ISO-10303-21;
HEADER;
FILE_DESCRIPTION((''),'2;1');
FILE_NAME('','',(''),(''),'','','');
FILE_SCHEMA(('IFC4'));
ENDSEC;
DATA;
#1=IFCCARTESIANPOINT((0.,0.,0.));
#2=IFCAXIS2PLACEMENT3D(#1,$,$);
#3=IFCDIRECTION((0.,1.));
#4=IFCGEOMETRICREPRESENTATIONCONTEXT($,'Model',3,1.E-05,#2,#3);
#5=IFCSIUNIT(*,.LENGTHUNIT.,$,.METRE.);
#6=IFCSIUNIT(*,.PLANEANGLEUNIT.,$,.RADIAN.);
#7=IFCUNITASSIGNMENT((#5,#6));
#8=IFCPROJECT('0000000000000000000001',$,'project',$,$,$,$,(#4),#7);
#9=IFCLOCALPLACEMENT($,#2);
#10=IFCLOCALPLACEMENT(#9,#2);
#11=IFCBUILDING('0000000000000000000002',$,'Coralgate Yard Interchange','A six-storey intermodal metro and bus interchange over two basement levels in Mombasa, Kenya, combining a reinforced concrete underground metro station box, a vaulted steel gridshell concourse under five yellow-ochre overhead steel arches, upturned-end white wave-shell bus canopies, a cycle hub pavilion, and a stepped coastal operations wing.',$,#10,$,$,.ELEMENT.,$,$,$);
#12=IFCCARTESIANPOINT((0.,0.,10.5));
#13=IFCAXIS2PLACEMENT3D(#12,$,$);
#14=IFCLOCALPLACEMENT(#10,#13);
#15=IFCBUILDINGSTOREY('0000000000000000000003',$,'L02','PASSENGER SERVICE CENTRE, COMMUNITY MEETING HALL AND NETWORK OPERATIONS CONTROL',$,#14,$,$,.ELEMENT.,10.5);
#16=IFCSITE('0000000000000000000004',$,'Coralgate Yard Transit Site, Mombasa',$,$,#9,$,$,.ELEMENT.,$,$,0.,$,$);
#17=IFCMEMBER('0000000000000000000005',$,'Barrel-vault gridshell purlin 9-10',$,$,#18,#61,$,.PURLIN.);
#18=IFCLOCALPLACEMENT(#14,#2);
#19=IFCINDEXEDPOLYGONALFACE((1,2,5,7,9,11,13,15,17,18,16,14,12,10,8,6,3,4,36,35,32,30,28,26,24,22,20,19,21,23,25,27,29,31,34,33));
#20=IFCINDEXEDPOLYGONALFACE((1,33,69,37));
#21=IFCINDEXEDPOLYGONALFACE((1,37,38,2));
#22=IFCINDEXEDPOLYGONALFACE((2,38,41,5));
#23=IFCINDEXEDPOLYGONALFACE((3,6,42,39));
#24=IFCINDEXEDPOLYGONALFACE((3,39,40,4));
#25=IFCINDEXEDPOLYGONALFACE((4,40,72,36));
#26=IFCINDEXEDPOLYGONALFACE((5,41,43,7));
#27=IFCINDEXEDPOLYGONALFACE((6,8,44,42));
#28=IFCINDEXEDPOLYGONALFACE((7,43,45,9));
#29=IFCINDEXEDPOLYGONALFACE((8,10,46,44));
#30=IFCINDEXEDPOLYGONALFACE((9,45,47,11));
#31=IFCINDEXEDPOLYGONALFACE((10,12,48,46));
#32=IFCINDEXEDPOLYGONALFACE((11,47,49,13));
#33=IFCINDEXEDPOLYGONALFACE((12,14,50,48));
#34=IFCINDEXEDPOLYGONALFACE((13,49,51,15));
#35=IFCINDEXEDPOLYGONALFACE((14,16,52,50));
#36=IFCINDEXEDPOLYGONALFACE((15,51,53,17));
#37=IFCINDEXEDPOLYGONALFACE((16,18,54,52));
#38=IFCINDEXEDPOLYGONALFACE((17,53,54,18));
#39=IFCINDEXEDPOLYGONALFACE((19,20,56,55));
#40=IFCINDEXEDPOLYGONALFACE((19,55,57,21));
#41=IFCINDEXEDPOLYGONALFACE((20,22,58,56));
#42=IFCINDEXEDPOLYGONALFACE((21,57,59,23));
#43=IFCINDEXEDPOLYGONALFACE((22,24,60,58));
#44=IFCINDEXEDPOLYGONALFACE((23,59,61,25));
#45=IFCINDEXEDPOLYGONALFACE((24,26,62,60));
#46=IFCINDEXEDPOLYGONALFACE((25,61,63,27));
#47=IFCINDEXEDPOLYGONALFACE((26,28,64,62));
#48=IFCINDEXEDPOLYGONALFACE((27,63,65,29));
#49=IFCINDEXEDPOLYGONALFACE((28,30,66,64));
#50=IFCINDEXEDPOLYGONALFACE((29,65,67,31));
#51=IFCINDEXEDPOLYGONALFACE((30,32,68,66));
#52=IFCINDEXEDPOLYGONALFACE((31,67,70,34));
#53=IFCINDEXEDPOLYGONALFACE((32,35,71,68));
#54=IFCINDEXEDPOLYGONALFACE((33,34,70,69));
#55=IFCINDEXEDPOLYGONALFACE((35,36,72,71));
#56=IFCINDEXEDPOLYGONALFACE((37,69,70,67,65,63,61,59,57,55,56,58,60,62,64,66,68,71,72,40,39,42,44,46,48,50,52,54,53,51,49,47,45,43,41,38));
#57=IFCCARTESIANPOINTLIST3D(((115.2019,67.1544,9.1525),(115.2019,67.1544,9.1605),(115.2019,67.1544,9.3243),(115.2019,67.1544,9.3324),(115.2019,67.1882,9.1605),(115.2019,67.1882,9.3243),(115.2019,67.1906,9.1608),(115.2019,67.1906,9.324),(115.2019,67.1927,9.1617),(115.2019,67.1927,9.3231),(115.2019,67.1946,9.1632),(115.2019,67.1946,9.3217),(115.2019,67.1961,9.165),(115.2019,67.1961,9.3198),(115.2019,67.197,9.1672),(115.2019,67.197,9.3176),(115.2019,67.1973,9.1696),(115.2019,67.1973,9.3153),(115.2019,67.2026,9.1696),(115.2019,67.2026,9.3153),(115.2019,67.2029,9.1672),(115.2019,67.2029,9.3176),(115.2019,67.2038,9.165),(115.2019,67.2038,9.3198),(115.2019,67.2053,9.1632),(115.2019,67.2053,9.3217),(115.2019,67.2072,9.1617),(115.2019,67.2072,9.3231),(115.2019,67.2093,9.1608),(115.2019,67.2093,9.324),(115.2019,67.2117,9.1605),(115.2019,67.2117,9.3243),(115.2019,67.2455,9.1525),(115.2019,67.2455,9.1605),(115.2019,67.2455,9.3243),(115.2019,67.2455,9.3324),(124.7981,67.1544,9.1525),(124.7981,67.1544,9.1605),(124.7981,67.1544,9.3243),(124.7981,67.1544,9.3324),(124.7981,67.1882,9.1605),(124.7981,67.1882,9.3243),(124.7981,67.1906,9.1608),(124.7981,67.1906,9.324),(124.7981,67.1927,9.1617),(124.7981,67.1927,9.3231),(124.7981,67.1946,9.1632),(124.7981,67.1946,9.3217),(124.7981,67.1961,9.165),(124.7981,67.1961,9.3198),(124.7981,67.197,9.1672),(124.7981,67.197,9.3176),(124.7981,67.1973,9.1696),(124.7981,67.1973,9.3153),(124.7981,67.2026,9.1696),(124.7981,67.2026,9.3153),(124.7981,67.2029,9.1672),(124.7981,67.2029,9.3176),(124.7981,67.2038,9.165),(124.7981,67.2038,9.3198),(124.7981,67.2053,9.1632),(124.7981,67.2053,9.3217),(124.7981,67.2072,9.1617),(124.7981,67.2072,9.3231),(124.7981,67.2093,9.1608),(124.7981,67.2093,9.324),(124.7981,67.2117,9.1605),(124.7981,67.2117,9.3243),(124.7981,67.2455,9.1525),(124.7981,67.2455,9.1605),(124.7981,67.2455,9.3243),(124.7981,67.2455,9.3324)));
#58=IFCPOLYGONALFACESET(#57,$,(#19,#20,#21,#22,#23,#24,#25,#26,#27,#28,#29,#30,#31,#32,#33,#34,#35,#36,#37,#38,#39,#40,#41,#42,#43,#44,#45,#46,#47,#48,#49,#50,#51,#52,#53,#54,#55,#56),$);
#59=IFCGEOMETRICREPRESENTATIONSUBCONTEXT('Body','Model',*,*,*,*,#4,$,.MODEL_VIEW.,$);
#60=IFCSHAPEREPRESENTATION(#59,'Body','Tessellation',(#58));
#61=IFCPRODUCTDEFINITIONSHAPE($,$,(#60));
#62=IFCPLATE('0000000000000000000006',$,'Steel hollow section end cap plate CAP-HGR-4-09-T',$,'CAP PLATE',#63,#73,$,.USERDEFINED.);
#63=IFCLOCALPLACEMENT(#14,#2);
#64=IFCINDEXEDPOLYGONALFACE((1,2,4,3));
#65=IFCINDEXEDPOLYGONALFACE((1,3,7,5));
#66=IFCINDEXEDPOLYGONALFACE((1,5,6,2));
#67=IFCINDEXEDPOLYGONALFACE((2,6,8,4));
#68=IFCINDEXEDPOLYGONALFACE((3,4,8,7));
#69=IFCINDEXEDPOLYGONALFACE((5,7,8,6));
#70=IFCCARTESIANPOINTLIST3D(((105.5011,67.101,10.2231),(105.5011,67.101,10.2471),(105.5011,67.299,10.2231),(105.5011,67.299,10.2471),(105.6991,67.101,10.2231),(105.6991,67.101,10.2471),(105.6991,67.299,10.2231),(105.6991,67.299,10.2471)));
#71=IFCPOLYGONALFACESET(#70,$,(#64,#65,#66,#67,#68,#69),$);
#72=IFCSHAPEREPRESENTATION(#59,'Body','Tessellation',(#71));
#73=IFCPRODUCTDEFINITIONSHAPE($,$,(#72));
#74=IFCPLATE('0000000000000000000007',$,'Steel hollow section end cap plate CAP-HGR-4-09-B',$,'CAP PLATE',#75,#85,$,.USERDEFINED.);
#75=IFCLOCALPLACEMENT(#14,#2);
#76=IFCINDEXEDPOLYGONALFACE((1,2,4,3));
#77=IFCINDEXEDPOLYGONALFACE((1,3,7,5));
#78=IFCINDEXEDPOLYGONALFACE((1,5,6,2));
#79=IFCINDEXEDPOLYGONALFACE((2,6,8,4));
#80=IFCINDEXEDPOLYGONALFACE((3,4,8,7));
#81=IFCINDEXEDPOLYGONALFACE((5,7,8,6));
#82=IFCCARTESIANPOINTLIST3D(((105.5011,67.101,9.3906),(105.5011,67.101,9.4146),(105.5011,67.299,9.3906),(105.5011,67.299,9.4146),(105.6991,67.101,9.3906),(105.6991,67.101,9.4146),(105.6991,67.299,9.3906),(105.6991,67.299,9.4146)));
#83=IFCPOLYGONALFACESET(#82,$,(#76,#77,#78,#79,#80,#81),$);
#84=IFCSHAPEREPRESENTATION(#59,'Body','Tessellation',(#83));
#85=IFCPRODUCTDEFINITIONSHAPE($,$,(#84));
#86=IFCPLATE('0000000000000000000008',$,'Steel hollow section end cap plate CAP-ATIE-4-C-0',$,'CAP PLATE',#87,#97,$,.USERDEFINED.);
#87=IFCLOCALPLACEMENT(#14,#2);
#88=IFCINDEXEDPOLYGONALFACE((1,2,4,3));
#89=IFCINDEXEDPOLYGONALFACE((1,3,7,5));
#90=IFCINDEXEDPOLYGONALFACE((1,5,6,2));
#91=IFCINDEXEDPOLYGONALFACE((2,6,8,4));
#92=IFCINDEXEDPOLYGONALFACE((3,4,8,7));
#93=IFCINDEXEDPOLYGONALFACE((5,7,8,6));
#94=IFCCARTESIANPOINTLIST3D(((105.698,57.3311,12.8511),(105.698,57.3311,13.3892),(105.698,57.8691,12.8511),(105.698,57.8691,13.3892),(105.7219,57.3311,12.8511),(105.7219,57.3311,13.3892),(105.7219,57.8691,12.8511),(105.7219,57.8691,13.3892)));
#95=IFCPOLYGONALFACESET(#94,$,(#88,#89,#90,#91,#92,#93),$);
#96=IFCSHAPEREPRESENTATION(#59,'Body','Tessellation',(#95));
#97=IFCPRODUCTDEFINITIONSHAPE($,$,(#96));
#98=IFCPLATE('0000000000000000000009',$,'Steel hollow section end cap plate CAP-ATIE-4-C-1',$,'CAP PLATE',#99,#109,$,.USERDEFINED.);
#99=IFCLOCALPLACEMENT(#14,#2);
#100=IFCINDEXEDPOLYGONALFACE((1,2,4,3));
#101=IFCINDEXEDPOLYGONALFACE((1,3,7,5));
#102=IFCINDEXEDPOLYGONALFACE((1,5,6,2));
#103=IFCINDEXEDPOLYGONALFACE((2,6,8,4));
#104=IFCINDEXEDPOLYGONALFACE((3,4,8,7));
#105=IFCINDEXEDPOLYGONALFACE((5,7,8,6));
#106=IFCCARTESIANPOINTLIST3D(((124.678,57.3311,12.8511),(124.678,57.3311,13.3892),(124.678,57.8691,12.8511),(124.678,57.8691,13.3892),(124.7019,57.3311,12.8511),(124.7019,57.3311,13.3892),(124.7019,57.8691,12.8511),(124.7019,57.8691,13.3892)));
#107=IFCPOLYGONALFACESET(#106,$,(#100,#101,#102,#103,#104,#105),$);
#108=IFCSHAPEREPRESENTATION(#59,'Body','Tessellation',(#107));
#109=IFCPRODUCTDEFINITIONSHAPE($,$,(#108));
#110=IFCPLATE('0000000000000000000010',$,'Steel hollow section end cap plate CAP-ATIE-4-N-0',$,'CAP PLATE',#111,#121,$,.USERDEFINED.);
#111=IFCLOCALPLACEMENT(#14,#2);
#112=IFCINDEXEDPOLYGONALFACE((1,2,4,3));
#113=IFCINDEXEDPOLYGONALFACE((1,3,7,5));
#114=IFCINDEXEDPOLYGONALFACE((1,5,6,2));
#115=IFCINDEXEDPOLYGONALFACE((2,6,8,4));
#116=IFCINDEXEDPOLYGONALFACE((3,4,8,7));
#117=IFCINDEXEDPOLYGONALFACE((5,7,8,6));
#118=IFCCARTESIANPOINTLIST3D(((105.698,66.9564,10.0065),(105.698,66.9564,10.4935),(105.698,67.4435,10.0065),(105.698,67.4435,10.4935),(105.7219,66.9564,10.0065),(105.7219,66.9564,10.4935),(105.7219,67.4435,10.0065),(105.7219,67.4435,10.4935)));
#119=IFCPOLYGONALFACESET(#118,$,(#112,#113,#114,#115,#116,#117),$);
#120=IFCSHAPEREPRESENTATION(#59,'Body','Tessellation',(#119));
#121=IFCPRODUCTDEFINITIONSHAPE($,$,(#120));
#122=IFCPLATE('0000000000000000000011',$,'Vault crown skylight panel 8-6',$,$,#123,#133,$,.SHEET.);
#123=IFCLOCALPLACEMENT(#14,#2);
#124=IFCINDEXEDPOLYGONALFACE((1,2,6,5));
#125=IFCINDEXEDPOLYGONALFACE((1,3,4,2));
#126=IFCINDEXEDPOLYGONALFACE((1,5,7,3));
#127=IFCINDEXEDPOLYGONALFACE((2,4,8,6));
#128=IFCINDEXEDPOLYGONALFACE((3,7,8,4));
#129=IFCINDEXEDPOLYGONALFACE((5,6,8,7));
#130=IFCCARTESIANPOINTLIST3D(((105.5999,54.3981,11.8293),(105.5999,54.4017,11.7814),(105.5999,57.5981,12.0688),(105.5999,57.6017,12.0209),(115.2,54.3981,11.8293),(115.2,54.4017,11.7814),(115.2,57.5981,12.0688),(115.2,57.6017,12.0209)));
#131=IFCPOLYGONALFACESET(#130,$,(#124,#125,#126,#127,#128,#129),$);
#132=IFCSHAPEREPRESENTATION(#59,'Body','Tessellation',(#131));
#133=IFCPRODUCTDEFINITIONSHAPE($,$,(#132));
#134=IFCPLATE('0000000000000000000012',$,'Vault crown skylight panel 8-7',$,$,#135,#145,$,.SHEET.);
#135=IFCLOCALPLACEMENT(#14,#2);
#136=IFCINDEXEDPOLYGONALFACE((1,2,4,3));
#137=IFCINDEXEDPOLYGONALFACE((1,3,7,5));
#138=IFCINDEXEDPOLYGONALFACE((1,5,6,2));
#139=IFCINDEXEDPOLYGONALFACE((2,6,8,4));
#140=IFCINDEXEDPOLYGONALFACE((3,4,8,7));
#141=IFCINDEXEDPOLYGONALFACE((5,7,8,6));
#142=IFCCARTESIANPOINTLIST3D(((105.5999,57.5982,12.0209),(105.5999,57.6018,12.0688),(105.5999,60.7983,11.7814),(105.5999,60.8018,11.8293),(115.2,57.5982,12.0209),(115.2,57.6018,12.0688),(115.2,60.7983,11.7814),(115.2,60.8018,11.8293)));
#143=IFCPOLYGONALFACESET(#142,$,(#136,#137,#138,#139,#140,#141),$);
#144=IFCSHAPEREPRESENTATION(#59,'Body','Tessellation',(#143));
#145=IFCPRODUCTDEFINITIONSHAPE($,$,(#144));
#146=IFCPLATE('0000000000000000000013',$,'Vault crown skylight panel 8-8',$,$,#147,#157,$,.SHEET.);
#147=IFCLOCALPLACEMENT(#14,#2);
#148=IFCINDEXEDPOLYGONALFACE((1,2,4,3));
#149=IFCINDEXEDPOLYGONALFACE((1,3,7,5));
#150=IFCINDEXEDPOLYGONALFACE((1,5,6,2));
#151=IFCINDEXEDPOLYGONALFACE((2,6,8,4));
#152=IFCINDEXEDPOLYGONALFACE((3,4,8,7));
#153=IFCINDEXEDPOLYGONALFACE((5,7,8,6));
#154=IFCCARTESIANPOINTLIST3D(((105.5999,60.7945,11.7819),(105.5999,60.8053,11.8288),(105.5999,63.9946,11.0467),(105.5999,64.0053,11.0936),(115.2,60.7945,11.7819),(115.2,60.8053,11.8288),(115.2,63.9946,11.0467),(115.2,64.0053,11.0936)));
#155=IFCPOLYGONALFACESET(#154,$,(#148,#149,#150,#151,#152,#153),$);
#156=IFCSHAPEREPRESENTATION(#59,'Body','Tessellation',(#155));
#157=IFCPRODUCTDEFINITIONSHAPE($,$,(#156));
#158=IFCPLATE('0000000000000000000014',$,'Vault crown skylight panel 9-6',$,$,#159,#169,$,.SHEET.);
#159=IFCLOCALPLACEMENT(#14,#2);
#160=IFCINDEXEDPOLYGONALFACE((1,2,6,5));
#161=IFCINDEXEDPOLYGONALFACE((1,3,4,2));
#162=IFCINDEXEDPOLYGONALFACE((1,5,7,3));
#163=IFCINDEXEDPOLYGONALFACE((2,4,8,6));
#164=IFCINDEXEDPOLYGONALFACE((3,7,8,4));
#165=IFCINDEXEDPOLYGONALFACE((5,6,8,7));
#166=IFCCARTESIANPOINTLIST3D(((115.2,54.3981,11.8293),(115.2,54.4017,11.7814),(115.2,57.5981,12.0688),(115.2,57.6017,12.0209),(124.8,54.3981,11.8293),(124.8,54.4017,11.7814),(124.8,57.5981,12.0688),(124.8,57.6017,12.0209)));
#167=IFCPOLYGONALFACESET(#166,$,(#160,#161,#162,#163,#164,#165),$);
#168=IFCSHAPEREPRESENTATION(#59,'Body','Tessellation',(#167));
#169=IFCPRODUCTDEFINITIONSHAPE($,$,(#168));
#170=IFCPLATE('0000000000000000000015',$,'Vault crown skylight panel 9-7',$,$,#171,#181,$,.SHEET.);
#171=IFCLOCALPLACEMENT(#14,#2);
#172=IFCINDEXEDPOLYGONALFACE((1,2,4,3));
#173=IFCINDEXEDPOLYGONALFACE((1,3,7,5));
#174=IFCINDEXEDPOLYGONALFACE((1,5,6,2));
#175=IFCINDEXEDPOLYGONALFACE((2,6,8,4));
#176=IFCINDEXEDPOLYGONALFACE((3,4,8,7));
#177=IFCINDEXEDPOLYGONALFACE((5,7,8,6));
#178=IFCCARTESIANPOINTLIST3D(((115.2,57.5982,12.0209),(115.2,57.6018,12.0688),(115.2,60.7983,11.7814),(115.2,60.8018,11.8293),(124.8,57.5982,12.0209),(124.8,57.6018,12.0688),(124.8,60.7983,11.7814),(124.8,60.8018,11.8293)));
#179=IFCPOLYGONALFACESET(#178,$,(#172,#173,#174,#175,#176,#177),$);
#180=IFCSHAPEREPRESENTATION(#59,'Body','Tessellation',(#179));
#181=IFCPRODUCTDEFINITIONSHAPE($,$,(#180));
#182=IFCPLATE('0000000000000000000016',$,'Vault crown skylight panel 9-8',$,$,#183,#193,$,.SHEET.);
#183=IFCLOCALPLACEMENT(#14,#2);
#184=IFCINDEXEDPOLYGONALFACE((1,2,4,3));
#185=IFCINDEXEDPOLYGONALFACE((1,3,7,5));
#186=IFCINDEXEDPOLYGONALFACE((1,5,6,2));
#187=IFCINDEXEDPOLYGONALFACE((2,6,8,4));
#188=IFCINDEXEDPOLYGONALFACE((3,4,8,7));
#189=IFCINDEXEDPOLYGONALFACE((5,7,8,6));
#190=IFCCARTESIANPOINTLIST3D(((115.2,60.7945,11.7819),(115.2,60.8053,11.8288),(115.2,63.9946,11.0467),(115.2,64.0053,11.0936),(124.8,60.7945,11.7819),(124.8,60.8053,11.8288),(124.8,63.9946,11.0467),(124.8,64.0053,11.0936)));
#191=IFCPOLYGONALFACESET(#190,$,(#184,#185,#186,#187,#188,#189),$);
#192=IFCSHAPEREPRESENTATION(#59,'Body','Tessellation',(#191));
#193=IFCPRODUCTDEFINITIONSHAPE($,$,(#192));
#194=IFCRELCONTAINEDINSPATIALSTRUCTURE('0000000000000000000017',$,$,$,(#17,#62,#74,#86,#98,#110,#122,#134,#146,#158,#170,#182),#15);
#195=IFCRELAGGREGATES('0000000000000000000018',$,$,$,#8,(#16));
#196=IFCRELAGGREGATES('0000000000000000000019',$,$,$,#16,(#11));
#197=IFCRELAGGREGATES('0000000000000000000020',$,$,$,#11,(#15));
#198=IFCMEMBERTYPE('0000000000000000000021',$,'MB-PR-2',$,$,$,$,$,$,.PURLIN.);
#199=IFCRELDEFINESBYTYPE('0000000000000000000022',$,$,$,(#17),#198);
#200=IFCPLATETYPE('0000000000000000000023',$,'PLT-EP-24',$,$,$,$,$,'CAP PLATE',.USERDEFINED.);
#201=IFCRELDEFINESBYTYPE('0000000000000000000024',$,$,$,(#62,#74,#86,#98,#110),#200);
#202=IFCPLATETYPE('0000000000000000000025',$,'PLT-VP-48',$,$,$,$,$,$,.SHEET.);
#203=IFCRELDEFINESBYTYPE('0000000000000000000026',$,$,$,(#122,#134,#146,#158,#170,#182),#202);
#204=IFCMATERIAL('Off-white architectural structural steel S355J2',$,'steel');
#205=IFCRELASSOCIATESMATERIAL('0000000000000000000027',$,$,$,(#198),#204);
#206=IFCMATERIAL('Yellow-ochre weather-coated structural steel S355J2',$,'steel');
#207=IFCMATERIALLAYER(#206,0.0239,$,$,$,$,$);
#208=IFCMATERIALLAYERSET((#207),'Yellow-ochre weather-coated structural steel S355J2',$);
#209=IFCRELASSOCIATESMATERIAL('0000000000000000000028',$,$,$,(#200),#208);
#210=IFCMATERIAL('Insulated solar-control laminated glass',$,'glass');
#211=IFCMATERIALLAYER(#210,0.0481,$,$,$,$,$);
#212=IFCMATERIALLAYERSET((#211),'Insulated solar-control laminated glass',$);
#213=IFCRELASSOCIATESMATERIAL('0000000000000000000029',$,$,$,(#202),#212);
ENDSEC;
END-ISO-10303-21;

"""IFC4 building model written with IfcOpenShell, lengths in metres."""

from ifc_helpers import new_model, si_unit, direction, frame, origin, origin_2d, place, context, subcontext, project, spatial, rectangle, i_section, extrude, material, layer, layer_set, material_profile, profile_set, type_object, element, save


model = new_model("IFC4")

# Units and contexts
model_context = context("Model", 3, precision=1e-05, world=origin(), true_north=direction((0.0, 1.0)))
body_context = subcontext(model_context, "Body", "Model", "MODEL_VIEW")
ifc_project = project(units=[si_unit("LENGTHUNIT", "METRE"), si_unit("PLANEANGLEUNIT", "RADIAN")], contexts=[model_context])

# Site, building, storey
site_placement = place(None, origin())
site = spatial("IfcSite", under=ifc_project, at=site_placement, Name="Coralgate Yard Transit Site, Mombasa", CompositionType="ELEMENT", RefElevation=0.0)
building_placement = place(site_placement, origin())
building = spatial("IfcBuilding", under=site, at=building_placement, Name="Coralgate Yard Interchange", Description="A six-storey intermodal metro and bus interchange over two basement levels in Mombasa, Kenya, combining a reinforced concrete underground metro station box, a vaulted steel gridshell concourse under five yellow-ochre overhead steel arches, upturned-end white wave-shell bus canopies, a cycle hub pavilion, and a stepped coastal operations wing.", CompositionType="ELEMENT")
storey_placement = place(building_placement, frame((0.0, 0.0, 10.5)))
storey = spatial("IfcBuildingStorey", under=building, at=storey_placement, Name="L02", Description="PASSENGER SERVICE CENTRE, COMMUNITY MEETING HALL AND NETWORK OPERATIONS CONTROL", CompositionType="ELEMENT", Elevation=10.5)

# Shared definitions
ifc_material_1 = material(Name="Yellow-ochre weather-coated structural steel S355J2", Category="steel")

# Member
ifc_material_2 = material(Name="Off-white architectural structural steel S355J2", Category="steel")
ifc_material_profile_1 = material_profile(ifc_material_2, i_section(OverallWidth=0.0911, OverallDepth=0.1799, WebThickness=0.0054, FlangeThickness=0.0081, FilletRadius=0.009, at=origin_2d()), Name="IPE 180")
ifc_profile_set_1 = profile_set([ifc_material_profile_1], Name="Off-white architectural structural steel S355J2")
member_type_1 = type_object("IfcMemberType", Name="MB-PR-2", PredefinedType="PURLIN", material=ifc_profile_set_1)
for number, where, z_axis, x_axis, name in (
    (1, (115.2019, 67.2, 9.2424), (1.0, 0.0, 0.0), (0.0, 1.0, 0.0), "Barrel-vault gridshell purlin 9-10"),
):
    element("IfcMember", number, at=place(storey_placement, frame(where, z_axis=z_axis, x_axis=x_axis)), inside=storey, type_object=member_type_1, Name=name, PredefinedType="PURLIN", context=body_context, shape_type="SweptSolid", body=[
        extrude(i_section(OverallWidth=0.0911, OverallDepth=0.1799, WebThickness=0.0054, FlangeThickness=0.0081, FilletRadius=0.009, at=origin_2d()), origin(), (0.0, 0.0, 1.0), 9.5962),
    ])

# Plates
ifc_layer_1 = layer(ifc_material_1, 0.0239)
ifc_layer_set_1 = layer_set([ifc_layer_1], Name="Yellow-ochre weather-coated structural steel S355J2")
plate_type_1 = type_object("IfcPlateType", Name="PLT-EP-24", ElementType="CAP PLATE", PredefinedType="USERDEFINED", material=ifc_layer_set_1)
for number, where, z_axis, x_axis, name in (
    (2, (105.6001, 67.2, 10.2231), (0.0, 0.0, 1.0), (1.0, 0.0, 0.0), "Steel hollow section end cap plate CAP-HGR-4-09-T"),
    (3, (105.6001, 67.2, 9.4146), (0.0, 0.0, -1.0), (1.0, 0.0, 0.0), "Steel hollow section end cap plate CAP-HGR-4-09-B"),
):
    element("IfcPlate", number, at=place(storey_placement, frame(where, z_axis=z_axis, x_axis=x_axis)), inside=storey, type_object=plate_type_1, Name=name, ObjectType="CAP PLATE", PredefinedType="USERDEFINED", context=body_context, shape_type="SweptSolid", body=[
        extrude(rectangle(XDim=0.198, YDim=0.198, at=origin_2d()), origin(), (0.0, 0.0, 1.0), 0.0239),
    ])
for number, where, z_axis, x_axis, name in (
    (4, (105.7219, 57.6001, 13.1201), (-1.0, 0.0, 0.0), (0.0, -1.0, 0.0), "Steel hollow section end cap plate CAP-ATIE-4-C-0"),
    (5, (124.678, 57.6001, 13.1201), (1.0, 0.0, 0.0), (0.0, 1.0, 0.0), "Steel hollow section end cap plate CAP-ATIE-4-C-1"),
):
    element("IfcPlate", number, at=place(storey_placement, frame(where, z_axis=z_axis, x_axis=x_axis)), inside=storey, type_object=plate_type_1, Name=name, ObjectType="CAP PLATE", PredefinedType="USERDEFINED", context=body_context, shape_type="SweptSolid", body=[
        extrude(rectangle(XDim=0.5381, YDim=0.5381, at=origin_2d()), origin(), (0.0, 0.0, 1.0), 0.0239),
    ])
plate_1_placement = place(storey_placement, frame((105.7219, 67.2, 10.25), z_axis=(-1.0, 0.0, 0.0), x_axis=(0.0, -1.0, 0.0)))
element("IfcPlate", 6, at=plate_1_placement, inside=storey, type_object=plate_type_1, Name="Steel hollow section end cap plate CAP-ATIE-4-N-0", ObjectType="CAP PLATE", PredefinedType="USERDEFINED", context=body_context, shape_type="SweptSolid", body=[
    extrude(rectangle(XDim=0.4871, YDim=0.4871, at=origin_2d()), origin(), (0.0, 0.0, 1.0), 0.0239),
])
ifc_material_3 = material(Name="Insulated solar-control laminated glass", Category="glass")
ifc_layer_2 = layer(ifc_material_3, 0.0481)
ifc_layer_set_2 = layer_set([ifc_layer_2], Name="Insulated solar-control laminated glass")
plate_type_2 = type_object("IfcPlateType", Name="PLT-VP-48", PredefinedType="SHEET", material=ifc_layer_set_2)
for number, where, z_axis, x_axis, name in (
    (7, (110.3999, 56.0017, 11.9011), (0.0, -0.074635, 0.997211), (1.0, 0.0, 0.0), "Vault crown skylight panel 8-6"),
    (8, (110.3999, 59.1982, 11.9011), (0.0, 0.074635, 0.997211), (1.0, 0.0, 0.0), "Vault crown skylight panel 8-7"),
):
    element("IfcPlate", number, at=place(storey_placement, frame(where, z_axis=z_axis, x_axis=x_axis)), inside=storey, type_object=plate_type_2, Name=name, PredefinedType="SHEET", context=body_context, shape_type="SweptSolid", body=[
        extrude(rectangle(XDim=9.6001, YDim=3.209, at=origin_2d()), origin(), (0.0, 0.0, 1.0), 0.0481),
    ])
plate_2_placement = place(storey_placement, frame((110.3999, 62.3945, 11.4143), z_axis=(0.0, 0.223916, 0.974608), x_axis=(1.0, 0.0, 0.0)))
element("IfcPlate", 9, at=plate_2_placement, inside=storey, type_object=plate_type_2, Name="Vault crown skylight panel 8-8", PredefinedType="SHEET", context=body_context, shape_type="SweptSolid", body=[
    extrude(rectangle(XDim=9.6001, YDim=3.2834, at=origin_2d()), origin(), (0.0, 0.0, 1.0), 0.0481),
])
for number, where, z_axis, x_axis, name in (
    (10, (120.0, 56.0017, 11.9011), (0.0, -0.074635, 0.997211), (1.0, 0.0, 0.0), "Vault crown skylight panel 9-6"),
    (11, (120.0, 59.1982, 11.9011), (0.0, 0.074635, 0.997211), (1.0, 0.0, 0.0), "Vault crown skylight panel 9-7"),
):
    element("IfcPlate", number, at=place(storey_placement, frame(where, z_axis=z_axis, x_axis=x_axis)), inside=storey, type_object=plate_type_2, Name=name, PredefinedType="SHEET", context=body_context, shape_type="SweptSolid", body=[
        extrude(rectangle(XDim=9.6001, YDim=3.209, at=origin_2d()), origin(), (0.0, 0.0, 1.0), 0.0481),
    ])
plate_3_placement = place(storey_placement, frame((120.0, 62.3945, 11.4143), z_axis=(0.0, 0.223916, 0.974608), x_axis=(1.0, 0.0, 0.0)))
element("IfcPlate", 12, at=plate_3_placement, inside=storey, type_object=plate_type_2, Name="Vault crown skylight panel 9-8", PredefinedType="SHEET", context=body_context, shape_type="SweptSolid", body=[
    extrude(rectangle(XDim=9.6001, YDim=3.2834, at=origin_2d()), origin(), (0.0, 0.0, 1.0), 0.0481),
])

save(model, "model.ifc")
